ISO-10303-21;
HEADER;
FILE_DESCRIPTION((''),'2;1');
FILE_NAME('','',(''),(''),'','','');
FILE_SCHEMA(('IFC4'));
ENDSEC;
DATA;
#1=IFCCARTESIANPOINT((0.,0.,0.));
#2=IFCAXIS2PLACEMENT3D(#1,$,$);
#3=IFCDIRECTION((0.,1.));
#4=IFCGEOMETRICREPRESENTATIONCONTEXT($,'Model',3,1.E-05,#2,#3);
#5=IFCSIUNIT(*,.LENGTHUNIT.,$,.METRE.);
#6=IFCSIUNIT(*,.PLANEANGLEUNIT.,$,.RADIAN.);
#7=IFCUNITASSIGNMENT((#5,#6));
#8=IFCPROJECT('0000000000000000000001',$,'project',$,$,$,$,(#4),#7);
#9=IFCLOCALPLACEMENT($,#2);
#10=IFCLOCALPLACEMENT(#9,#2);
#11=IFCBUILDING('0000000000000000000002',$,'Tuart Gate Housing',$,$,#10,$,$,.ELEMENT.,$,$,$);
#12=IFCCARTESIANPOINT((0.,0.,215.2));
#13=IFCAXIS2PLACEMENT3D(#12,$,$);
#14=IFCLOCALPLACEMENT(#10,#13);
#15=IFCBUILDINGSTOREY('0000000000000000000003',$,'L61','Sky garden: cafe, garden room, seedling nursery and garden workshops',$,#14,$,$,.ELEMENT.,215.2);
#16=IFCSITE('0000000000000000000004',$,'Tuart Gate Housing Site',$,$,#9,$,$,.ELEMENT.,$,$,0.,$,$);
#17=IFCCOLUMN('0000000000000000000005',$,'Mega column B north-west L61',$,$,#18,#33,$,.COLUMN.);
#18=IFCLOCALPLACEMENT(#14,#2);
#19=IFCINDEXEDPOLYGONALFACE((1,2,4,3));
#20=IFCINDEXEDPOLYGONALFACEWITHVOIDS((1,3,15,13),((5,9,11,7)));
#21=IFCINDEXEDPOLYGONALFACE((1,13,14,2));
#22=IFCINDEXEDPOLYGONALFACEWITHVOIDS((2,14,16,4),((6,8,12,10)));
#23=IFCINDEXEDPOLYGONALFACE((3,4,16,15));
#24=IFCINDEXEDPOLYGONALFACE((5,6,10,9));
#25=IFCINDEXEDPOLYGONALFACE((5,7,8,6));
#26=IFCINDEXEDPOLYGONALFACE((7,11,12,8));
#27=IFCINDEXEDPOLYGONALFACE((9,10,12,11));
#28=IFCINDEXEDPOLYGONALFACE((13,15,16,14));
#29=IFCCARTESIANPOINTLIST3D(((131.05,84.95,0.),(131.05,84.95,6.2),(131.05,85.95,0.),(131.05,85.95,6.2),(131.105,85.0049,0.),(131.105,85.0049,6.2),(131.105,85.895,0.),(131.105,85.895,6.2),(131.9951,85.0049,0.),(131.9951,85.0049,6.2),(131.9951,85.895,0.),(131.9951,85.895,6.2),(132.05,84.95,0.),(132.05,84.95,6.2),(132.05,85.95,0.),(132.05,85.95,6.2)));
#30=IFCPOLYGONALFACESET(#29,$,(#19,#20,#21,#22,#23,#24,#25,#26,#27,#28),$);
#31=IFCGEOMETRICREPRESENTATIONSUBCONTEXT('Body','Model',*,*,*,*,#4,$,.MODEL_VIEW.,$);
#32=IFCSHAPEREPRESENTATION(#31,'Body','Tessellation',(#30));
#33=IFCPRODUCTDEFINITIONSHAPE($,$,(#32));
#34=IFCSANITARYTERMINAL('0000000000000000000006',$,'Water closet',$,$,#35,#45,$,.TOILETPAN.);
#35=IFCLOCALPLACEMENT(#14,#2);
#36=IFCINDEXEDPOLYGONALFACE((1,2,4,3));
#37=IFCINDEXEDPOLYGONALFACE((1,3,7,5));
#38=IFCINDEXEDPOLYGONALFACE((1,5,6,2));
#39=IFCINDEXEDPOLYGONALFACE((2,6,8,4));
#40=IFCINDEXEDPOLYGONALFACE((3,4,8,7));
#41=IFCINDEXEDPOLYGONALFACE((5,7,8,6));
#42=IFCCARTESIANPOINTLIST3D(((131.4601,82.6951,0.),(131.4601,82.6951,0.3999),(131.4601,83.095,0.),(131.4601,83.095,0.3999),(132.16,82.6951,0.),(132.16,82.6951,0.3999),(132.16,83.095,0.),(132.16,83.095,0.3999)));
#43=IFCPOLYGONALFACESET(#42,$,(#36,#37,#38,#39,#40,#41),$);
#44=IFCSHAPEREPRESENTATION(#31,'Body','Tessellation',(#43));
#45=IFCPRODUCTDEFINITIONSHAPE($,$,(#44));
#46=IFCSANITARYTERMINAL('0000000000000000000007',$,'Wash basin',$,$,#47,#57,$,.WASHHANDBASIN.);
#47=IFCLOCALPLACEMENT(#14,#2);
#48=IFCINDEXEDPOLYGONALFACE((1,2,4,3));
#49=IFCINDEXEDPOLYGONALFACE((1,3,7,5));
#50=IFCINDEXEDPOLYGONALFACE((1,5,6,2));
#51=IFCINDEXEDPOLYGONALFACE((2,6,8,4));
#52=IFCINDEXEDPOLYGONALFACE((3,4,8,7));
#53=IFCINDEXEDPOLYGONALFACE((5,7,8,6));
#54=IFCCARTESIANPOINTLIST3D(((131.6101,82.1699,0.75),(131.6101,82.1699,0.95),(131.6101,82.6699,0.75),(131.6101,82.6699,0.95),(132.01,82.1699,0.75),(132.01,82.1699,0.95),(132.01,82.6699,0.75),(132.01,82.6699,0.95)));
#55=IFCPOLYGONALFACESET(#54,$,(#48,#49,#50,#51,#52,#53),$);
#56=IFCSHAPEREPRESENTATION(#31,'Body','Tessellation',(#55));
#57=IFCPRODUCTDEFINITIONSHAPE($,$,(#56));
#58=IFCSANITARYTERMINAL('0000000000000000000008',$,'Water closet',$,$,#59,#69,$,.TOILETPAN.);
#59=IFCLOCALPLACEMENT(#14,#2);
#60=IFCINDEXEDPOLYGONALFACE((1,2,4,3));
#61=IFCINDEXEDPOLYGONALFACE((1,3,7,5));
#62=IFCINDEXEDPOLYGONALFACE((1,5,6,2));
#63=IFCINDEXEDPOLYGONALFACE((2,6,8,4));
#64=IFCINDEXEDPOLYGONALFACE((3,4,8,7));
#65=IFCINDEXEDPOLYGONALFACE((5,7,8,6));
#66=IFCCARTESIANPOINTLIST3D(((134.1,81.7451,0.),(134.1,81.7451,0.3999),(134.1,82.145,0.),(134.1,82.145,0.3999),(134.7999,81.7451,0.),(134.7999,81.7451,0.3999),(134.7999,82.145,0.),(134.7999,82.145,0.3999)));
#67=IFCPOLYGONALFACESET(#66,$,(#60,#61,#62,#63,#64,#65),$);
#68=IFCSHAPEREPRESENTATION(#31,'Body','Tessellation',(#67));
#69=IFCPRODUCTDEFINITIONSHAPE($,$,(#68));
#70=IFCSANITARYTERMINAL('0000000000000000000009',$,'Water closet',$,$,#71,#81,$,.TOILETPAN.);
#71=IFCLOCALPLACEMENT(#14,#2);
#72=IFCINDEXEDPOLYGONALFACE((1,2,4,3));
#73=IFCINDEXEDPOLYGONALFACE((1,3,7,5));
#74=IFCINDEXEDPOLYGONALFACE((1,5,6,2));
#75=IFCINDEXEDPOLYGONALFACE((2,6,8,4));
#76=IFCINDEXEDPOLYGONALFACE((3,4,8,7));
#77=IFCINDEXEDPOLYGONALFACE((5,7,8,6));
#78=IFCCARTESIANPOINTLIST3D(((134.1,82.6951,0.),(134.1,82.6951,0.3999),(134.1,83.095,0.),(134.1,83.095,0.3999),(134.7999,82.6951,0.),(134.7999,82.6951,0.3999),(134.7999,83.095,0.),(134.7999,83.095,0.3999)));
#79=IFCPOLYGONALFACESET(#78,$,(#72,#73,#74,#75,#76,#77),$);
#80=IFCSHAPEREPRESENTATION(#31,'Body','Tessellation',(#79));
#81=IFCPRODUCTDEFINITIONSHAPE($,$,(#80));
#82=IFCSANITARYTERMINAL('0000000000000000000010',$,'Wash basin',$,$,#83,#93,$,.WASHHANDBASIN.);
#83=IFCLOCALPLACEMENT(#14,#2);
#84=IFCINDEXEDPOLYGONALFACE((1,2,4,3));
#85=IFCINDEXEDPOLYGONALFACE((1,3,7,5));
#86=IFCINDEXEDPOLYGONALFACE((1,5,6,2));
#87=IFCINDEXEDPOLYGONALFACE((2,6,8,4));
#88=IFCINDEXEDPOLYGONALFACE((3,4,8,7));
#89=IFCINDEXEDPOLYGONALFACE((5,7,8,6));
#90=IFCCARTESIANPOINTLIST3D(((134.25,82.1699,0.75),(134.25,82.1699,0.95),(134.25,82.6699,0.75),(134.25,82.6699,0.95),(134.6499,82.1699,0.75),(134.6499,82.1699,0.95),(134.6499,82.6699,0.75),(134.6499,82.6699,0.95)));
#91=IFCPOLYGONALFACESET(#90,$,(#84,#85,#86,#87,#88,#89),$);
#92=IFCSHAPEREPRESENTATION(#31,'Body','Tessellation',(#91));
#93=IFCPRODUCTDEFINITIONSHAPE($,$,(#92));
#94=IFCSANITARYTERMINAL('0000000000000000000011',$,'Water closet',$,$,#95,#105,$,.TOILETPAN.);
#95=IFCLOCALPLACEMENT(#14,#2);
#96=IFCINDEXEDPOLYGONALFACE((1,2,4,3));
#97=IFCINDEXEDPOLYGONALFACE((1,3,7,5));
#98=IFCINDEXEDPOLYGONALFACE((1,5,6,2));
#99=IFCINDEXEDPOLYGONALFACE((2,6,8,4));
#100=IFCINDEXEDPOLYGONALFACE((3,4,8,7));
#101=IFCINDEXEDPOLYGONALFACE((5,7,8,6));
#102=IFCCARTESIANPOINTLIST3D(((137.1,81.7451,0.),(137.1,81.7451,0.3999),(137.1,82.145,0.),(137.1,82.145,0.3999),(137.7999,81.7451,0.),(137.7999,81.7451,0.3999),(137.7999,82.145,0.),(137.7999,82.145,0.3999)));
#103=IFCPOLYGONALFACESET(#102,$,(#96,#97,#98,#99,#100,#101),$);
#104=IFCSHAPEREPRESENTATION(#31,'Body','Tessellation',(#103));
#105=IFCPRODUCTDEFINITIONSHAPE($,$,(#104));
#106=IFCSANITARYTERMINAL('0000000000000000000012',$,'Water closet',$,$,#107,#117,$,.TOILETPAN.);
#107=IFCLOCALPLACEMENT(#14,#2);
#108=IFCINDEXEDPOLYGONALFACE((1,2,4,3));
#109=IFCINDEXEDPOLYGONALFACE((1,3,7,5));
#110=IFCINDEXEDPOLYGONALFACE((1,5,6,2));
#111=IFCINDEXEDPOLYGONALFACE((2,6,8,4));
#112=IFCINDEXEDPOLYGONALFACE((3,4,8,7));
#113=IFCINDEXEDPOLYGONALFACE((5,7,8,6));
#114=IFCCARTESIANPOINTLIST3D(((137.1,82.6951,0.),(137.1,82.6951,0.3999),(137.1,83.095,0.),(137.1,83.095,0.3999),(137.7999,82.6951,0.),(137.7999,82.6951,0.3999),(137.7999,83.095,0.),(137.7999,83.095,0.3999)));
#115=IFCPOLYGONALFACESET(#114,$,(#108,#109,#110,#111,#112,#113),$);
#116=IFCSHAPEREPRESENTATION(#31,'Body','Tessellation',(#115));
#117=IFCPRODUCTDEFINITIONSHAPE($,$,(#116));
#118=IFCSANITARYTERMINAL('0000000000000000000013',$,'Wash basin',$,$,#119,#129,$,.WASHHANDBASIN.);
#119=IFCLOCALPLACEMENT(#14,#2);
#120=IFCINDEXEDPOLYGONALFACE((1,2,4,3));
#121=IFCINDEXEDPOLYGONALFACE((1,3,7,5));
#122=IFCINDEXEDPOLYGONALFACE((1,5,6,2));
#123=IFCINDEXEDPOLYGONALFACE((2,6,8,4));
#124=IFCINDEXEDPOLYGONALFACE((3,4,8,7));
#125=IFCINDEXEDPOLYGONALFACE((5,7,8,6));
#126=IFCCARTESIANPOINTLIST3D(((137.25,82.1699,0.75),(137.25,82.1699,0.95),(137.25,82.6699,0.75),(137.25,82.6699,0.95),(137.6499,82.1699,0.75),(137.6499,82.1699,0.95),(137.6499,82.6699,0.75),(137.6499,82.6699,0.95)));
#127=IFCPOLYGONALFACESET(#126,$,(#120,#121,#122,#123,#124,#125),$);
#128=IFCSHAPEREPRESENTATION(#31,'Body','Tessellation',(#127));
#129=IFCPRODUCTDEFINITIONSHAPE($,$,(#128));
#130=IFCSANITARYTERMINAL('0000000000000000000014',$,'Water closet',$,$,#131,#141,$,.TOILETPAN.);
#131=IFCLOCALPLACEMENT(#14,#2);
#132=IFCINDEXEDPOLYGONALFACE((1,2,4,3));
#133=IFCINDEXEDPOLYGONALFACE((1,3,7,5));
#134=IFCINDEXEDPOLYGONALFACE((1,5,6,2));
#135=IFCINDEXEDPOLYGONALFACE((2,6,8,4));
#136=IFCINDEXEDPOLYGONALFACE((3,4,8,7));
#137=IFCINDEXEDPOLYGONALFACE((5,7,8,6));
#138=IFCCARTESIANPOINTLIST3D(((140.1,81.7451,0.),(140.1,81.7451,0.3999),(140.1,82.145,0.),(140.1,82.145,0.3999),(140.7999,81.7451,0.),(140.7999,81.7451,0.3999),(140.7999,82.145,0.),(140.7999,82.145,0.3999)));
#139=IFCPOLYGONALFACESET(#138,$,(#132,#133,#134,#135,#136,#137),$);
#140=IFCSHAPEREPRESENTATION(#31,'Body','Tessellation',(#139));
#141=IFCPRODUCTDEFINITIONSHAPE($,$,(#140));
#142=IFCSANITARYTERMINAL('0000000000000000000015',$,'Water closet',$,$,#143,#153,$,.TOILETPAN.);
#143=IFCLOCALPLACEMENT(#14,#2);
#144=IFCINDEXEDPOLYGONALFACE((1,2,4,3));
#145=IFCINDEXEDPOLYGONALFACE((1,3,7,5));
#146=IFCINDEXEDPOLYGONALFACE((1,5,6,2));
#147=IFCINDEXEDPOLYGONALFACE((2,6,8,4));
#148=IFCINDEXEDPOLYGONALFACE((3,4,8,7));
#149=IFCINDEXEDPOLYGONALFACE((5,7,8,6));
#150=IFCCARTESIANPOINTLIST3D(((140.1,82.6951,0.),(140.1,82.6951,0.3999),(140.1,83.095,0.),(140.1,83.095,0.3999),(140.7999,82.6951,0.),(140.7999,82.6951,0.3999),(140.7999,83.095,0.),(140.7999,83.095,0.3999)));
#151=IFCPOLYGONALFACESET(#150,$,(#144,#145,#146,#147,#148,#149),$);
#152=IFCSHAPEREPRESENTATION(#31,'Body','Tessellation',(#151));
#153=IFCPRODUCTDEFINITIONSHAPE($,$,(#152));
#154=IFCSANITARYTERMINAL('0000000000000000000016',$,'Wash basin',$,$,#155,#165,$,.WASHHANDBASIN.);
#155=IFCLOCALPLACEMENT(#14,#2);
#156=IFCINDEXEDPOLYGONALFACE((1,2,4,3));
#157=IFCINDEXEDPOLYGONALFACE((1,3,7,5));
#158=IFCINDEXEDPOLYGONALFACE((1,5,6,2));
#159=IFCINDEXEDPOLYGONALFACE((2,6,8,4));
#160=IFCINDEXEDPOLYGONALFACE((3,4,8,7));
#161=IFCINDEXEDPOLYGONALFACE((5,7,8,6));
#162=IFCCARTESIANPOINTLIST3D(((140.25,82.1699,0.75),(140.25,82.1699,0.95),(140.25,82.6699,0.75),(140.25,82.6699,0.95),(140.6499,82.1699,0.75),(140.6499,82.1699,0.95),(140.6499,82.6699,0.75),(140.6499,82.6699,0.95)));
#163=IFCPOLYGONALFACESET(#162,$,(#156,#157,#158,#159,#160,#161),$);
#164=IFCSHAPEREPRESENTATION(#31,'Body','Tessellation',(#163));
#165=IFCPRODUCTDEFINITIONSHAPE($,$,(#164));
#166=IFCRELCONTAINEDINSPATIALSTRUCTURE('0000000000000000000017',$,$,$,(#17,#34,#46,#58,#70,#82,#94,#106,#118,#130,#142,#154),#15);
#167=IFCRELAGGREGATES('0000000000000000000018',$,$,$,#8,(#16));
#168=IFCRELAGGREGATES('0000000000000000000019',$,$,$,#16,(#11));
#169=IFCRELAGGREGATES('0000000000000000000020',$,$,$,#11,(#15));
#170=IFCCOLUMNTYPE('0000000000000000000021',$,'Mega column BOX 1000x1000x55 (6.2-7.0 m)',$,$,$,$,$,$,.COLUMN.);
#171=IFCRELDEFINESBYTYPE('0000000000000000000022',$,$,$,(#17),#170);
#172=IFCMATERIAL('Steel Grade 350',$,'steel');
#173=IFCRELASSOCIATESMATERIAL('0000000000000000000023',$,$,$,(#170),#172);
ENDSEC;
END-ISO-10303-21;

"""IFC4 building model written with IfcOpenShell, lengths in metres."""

from ifc_helpers import new_model, si_unit, direction, frame, origin, origin_2d, place, context, subcontext, project, spatial, rectangle, hollow_rectangle, extrude, material, material_profile, profile_set, type_object, element, save


model = new_model("IFC4")

# Units and contexts
model_context = context("Model", 3, precision=1e-05, world=origin(), true_north=direction((0.0, 1.0)))
body_context = subcontext(model_context, "Body", "Model", "MODEL_VIEW")
ifc_project = project(units=[si_unit("LENGTHUNIT", "METRE"), si_unit("PLANEANGLEUNIT", "RADIAN")], contexts=[model_context])

# Site, building, storey
site_placement = place(None, origin())
site = spatial("IfcSite", under=ifc_project, at=site_placement, Name="Tuart Gate Housing Site", CompositionType="ELEMENT", RefElevation=0.0)
building_placement = place(site_placement, origin())
building = spatial("IfcBuilding", under=site, at=building_placement, Name="Tuart Gate Housing", CompositionType="ELEMENT")
storey_placement = place(building_placement, frame((0.0, 0.0, 215.2)))
storey = spatial("IfcBuildingStorey", under=building, at=storey_placement, Name="L61", Description="Sky garden: cafe, garden room, seedling nursery and garden workshops", CompositionType="ELEMENT", Elevation=215.2)

# Column
ifc_material = material(Name="Steel Grade 350", Category="steel")
ifc_material_profile = material_profile(ifc_material, hollow_rectangle(XDim=1.0, YDim=1.0, WallThickness=0.0549, at=origin_2d()), Name="BOX 1000x1000x55")
ifc_profile_set = profile_set([ifc_material_profile], Name="Steel Grade 350")
column_type = type_object("IfcColumnType", Name="Mega column BOX 1000x1000x55 (6.2-7.0 m)", PredefinedType="COLUMN", material=ifc_profile_set)
column_placement = place(storey_placement, frame((131.55, 85.45, 0.0), z_axis=(0.0, 0.0, 1.0), x_axis=(1.0, 0.0, 0.0)))
element("IfcColumn", 1, at=column_placement, inside=storey, type_object=column_type, Name="Mega column B north-west L61", PredefinedType="COLUMN", context=body_context, shape_type="SweptSolid", body=[
    extrude(hollow_rectangle(XDim=1.0, YDim=1.0, WallThickness=0.0549, at=origin_2d()), origin(), (0.0, 0.0, 1.0), 6.2),
])

# Sanitary terminals
sanitary_terminal_1_placement = place(storey_placement, frame((131.8101, 82.895, 0.0), z_axis=(0.0, 0.0, 1.0), x_axis=(1.0, 0.0, 0.0)))
element("IfcSanitaryTerminal", 2, at=sanitary_terminal_1_placement, inside=storey, Name="Water closet", PredefinedType="TOILETPAN", context=body_context, shape_type="SweptSolid", body=[
    extrude(rectangle(XDim=0.7, YDim=0.3999, at=origin_2d()), origin(), (0.0, 0.0, 1.0), 0.3999),
])
sanitary_terminal_2_placement = place(storey_placement, frame((131.8101, 82.4199, 0.75), z_axis=(0.0, 0.0, 1.0), x_axis=(1.0, 0.0, 0.0)))
element("IfcSanitaryTerminal", 3, at=sanitary_terminal_2_placement, inside=storey, Name="Wash basin", PredefinedType="WASHHANDBASIN", context=body_context, shape_type="SweptSolid", body=[
    extrude(rectangle(XDim=0.3999, YDim=0.5, at=origin_2d()), origin(), (0.0, 0.0, 1.0), 0.2),
])
for number, where, z_axis, x_axis, name in (
    (4, (134.45, 81.9451, 0.0), (0.0, 0.0, 1.0), (1.0, 0.0, 0.0), "Water closet"),
    (5, (134.45, 82.895, 0.0), (0.0, 0.0, 1.0), (1.0, 0.0, 0.0), "Water closet"),
):
    element("IfcSanitaryTerminal", number, at=place(storey_placement, frame(where, z_axis=z_axis, x_axis=x_axis)), inside=storey, Name=name, PredefinedType="TOILETPAN", context=body_context, shape_type="SweptSolid", body=[
        extrude(rectangle(XDim=0.7, YDim=0.3999, at=origin_2d()), origin(), (0.0, 0.0, 1.0), 0.3999),
    ])
sanitary_terminal_3_placement = place(storey_placement, frame((134.45, 82.4199, 0.75), z_axis=(0.0, 0.0, 1.0), x_axis=(1.0, 0.0, 0.0)))
element("IfcSanitaryTerminal", 6, at=sanitary_terminal_3_placement, inside=storey, Name="Wash basin", PredefinedType="WASHHANDBASIN", context=body_context, shape_type="SweptSolid", body=[
    extrude(rectangle(XDim=0.3999, YDim=0.5, at=origin_2d()), origin(), (0.0, 0.0, 1.0), 0.2),
])
for number, where, z_axis, x_axis, name in (
    (7, (137.45, 81.9451, 0.0), (0.0, 0.0, 1.0), (1.0, 0.0, 0.0), "Water closet"),
    (8, (137.45, 82.895, 0.0), (0.0, 0.0, 1.0), (1.0, 0.0, 0.0), "Water closet"),
):
    element("IfcSanitaryTerminal", number, at=place(storey_placement, frame(where, z_axis=z_axis, x_axis=x_axis)), inside=storey, Name=name, PredefinedType="TOILETPAN", context=body_context, shape_type="SweptSolid", body=[
        extrude(rectangle(XDim=0.7, YDim=0.3999, at=origin_2d()), origin(), (0.0, 0.0, 1.0), 0.3999),
    ])
sanitary_terminal_4_placement = place(storey_placement, frame((137.45, 82.4199, 0.75), z_axis=(0.0, 0.0, 1.0), x_axis=(1.0, 0.0, 0.0)))
element("IfcSanitaryTerminal", 9, at=sanitary_terminal_4_placement, inside=storey, Name="Wash basin", PredefinedType="WASHHANDBASIN", context=body_context, shape_type="SweptSolid", body=[
    extrude(rectangle(XDim=0.3999, YDim=0.5, at=origin_2d()), origin(), (0.0, 0.0, 1.0), 0.2),
])
for number, where, z_axis, x_axis, name in (
    (10, (140.45, 81.9451, 0.0), (0.0, 0.0, 1.0), (1.0, 0.0, 0.0), "Water closet"),
    (11, (140.45, 82.895, 0.0), (0.0, 0.0, 1.0), (1.0, 0.0, 0.0), "Water closet"),
):
    element("IfcSanitaryTerminal", number, at=place(storey_placement, frame(where, z_axis=z_axis, x_axis=x_axis)), inside=storey, Name=name, PredefinedType="TOILETPAN", context=body_context, shape_type="SweptSolid", body=[
        extrude(rectangle(XDim=0.7, YDim=0.3999, at=origin_2d()), origin(), (0.0, 0.0, 1.0), 0.3999),
    ])
sanitary_terminal_5_placement = place(storey_placement, frame((140.45, 82.4199, 0.75), z_axis=(0.0, 0.0, 1.0), x_axis=(1.0, 0.0, 0.0)))
element("IfcSanitaryTerminal", 12, at=sanitary_terminal_5_placement, inside=storey, Name="Wash basin", PredefinedType="WASHHANDBASIN", context=body_context, shape_type="SweptSolid", body=[
    extrude(rectangle(XDim=0.3999, YDim=0.5, at=origin_2d()), origin(), (0.0, 0.0, 1.0), 0.2),
])

save(model, "model.ifc")
